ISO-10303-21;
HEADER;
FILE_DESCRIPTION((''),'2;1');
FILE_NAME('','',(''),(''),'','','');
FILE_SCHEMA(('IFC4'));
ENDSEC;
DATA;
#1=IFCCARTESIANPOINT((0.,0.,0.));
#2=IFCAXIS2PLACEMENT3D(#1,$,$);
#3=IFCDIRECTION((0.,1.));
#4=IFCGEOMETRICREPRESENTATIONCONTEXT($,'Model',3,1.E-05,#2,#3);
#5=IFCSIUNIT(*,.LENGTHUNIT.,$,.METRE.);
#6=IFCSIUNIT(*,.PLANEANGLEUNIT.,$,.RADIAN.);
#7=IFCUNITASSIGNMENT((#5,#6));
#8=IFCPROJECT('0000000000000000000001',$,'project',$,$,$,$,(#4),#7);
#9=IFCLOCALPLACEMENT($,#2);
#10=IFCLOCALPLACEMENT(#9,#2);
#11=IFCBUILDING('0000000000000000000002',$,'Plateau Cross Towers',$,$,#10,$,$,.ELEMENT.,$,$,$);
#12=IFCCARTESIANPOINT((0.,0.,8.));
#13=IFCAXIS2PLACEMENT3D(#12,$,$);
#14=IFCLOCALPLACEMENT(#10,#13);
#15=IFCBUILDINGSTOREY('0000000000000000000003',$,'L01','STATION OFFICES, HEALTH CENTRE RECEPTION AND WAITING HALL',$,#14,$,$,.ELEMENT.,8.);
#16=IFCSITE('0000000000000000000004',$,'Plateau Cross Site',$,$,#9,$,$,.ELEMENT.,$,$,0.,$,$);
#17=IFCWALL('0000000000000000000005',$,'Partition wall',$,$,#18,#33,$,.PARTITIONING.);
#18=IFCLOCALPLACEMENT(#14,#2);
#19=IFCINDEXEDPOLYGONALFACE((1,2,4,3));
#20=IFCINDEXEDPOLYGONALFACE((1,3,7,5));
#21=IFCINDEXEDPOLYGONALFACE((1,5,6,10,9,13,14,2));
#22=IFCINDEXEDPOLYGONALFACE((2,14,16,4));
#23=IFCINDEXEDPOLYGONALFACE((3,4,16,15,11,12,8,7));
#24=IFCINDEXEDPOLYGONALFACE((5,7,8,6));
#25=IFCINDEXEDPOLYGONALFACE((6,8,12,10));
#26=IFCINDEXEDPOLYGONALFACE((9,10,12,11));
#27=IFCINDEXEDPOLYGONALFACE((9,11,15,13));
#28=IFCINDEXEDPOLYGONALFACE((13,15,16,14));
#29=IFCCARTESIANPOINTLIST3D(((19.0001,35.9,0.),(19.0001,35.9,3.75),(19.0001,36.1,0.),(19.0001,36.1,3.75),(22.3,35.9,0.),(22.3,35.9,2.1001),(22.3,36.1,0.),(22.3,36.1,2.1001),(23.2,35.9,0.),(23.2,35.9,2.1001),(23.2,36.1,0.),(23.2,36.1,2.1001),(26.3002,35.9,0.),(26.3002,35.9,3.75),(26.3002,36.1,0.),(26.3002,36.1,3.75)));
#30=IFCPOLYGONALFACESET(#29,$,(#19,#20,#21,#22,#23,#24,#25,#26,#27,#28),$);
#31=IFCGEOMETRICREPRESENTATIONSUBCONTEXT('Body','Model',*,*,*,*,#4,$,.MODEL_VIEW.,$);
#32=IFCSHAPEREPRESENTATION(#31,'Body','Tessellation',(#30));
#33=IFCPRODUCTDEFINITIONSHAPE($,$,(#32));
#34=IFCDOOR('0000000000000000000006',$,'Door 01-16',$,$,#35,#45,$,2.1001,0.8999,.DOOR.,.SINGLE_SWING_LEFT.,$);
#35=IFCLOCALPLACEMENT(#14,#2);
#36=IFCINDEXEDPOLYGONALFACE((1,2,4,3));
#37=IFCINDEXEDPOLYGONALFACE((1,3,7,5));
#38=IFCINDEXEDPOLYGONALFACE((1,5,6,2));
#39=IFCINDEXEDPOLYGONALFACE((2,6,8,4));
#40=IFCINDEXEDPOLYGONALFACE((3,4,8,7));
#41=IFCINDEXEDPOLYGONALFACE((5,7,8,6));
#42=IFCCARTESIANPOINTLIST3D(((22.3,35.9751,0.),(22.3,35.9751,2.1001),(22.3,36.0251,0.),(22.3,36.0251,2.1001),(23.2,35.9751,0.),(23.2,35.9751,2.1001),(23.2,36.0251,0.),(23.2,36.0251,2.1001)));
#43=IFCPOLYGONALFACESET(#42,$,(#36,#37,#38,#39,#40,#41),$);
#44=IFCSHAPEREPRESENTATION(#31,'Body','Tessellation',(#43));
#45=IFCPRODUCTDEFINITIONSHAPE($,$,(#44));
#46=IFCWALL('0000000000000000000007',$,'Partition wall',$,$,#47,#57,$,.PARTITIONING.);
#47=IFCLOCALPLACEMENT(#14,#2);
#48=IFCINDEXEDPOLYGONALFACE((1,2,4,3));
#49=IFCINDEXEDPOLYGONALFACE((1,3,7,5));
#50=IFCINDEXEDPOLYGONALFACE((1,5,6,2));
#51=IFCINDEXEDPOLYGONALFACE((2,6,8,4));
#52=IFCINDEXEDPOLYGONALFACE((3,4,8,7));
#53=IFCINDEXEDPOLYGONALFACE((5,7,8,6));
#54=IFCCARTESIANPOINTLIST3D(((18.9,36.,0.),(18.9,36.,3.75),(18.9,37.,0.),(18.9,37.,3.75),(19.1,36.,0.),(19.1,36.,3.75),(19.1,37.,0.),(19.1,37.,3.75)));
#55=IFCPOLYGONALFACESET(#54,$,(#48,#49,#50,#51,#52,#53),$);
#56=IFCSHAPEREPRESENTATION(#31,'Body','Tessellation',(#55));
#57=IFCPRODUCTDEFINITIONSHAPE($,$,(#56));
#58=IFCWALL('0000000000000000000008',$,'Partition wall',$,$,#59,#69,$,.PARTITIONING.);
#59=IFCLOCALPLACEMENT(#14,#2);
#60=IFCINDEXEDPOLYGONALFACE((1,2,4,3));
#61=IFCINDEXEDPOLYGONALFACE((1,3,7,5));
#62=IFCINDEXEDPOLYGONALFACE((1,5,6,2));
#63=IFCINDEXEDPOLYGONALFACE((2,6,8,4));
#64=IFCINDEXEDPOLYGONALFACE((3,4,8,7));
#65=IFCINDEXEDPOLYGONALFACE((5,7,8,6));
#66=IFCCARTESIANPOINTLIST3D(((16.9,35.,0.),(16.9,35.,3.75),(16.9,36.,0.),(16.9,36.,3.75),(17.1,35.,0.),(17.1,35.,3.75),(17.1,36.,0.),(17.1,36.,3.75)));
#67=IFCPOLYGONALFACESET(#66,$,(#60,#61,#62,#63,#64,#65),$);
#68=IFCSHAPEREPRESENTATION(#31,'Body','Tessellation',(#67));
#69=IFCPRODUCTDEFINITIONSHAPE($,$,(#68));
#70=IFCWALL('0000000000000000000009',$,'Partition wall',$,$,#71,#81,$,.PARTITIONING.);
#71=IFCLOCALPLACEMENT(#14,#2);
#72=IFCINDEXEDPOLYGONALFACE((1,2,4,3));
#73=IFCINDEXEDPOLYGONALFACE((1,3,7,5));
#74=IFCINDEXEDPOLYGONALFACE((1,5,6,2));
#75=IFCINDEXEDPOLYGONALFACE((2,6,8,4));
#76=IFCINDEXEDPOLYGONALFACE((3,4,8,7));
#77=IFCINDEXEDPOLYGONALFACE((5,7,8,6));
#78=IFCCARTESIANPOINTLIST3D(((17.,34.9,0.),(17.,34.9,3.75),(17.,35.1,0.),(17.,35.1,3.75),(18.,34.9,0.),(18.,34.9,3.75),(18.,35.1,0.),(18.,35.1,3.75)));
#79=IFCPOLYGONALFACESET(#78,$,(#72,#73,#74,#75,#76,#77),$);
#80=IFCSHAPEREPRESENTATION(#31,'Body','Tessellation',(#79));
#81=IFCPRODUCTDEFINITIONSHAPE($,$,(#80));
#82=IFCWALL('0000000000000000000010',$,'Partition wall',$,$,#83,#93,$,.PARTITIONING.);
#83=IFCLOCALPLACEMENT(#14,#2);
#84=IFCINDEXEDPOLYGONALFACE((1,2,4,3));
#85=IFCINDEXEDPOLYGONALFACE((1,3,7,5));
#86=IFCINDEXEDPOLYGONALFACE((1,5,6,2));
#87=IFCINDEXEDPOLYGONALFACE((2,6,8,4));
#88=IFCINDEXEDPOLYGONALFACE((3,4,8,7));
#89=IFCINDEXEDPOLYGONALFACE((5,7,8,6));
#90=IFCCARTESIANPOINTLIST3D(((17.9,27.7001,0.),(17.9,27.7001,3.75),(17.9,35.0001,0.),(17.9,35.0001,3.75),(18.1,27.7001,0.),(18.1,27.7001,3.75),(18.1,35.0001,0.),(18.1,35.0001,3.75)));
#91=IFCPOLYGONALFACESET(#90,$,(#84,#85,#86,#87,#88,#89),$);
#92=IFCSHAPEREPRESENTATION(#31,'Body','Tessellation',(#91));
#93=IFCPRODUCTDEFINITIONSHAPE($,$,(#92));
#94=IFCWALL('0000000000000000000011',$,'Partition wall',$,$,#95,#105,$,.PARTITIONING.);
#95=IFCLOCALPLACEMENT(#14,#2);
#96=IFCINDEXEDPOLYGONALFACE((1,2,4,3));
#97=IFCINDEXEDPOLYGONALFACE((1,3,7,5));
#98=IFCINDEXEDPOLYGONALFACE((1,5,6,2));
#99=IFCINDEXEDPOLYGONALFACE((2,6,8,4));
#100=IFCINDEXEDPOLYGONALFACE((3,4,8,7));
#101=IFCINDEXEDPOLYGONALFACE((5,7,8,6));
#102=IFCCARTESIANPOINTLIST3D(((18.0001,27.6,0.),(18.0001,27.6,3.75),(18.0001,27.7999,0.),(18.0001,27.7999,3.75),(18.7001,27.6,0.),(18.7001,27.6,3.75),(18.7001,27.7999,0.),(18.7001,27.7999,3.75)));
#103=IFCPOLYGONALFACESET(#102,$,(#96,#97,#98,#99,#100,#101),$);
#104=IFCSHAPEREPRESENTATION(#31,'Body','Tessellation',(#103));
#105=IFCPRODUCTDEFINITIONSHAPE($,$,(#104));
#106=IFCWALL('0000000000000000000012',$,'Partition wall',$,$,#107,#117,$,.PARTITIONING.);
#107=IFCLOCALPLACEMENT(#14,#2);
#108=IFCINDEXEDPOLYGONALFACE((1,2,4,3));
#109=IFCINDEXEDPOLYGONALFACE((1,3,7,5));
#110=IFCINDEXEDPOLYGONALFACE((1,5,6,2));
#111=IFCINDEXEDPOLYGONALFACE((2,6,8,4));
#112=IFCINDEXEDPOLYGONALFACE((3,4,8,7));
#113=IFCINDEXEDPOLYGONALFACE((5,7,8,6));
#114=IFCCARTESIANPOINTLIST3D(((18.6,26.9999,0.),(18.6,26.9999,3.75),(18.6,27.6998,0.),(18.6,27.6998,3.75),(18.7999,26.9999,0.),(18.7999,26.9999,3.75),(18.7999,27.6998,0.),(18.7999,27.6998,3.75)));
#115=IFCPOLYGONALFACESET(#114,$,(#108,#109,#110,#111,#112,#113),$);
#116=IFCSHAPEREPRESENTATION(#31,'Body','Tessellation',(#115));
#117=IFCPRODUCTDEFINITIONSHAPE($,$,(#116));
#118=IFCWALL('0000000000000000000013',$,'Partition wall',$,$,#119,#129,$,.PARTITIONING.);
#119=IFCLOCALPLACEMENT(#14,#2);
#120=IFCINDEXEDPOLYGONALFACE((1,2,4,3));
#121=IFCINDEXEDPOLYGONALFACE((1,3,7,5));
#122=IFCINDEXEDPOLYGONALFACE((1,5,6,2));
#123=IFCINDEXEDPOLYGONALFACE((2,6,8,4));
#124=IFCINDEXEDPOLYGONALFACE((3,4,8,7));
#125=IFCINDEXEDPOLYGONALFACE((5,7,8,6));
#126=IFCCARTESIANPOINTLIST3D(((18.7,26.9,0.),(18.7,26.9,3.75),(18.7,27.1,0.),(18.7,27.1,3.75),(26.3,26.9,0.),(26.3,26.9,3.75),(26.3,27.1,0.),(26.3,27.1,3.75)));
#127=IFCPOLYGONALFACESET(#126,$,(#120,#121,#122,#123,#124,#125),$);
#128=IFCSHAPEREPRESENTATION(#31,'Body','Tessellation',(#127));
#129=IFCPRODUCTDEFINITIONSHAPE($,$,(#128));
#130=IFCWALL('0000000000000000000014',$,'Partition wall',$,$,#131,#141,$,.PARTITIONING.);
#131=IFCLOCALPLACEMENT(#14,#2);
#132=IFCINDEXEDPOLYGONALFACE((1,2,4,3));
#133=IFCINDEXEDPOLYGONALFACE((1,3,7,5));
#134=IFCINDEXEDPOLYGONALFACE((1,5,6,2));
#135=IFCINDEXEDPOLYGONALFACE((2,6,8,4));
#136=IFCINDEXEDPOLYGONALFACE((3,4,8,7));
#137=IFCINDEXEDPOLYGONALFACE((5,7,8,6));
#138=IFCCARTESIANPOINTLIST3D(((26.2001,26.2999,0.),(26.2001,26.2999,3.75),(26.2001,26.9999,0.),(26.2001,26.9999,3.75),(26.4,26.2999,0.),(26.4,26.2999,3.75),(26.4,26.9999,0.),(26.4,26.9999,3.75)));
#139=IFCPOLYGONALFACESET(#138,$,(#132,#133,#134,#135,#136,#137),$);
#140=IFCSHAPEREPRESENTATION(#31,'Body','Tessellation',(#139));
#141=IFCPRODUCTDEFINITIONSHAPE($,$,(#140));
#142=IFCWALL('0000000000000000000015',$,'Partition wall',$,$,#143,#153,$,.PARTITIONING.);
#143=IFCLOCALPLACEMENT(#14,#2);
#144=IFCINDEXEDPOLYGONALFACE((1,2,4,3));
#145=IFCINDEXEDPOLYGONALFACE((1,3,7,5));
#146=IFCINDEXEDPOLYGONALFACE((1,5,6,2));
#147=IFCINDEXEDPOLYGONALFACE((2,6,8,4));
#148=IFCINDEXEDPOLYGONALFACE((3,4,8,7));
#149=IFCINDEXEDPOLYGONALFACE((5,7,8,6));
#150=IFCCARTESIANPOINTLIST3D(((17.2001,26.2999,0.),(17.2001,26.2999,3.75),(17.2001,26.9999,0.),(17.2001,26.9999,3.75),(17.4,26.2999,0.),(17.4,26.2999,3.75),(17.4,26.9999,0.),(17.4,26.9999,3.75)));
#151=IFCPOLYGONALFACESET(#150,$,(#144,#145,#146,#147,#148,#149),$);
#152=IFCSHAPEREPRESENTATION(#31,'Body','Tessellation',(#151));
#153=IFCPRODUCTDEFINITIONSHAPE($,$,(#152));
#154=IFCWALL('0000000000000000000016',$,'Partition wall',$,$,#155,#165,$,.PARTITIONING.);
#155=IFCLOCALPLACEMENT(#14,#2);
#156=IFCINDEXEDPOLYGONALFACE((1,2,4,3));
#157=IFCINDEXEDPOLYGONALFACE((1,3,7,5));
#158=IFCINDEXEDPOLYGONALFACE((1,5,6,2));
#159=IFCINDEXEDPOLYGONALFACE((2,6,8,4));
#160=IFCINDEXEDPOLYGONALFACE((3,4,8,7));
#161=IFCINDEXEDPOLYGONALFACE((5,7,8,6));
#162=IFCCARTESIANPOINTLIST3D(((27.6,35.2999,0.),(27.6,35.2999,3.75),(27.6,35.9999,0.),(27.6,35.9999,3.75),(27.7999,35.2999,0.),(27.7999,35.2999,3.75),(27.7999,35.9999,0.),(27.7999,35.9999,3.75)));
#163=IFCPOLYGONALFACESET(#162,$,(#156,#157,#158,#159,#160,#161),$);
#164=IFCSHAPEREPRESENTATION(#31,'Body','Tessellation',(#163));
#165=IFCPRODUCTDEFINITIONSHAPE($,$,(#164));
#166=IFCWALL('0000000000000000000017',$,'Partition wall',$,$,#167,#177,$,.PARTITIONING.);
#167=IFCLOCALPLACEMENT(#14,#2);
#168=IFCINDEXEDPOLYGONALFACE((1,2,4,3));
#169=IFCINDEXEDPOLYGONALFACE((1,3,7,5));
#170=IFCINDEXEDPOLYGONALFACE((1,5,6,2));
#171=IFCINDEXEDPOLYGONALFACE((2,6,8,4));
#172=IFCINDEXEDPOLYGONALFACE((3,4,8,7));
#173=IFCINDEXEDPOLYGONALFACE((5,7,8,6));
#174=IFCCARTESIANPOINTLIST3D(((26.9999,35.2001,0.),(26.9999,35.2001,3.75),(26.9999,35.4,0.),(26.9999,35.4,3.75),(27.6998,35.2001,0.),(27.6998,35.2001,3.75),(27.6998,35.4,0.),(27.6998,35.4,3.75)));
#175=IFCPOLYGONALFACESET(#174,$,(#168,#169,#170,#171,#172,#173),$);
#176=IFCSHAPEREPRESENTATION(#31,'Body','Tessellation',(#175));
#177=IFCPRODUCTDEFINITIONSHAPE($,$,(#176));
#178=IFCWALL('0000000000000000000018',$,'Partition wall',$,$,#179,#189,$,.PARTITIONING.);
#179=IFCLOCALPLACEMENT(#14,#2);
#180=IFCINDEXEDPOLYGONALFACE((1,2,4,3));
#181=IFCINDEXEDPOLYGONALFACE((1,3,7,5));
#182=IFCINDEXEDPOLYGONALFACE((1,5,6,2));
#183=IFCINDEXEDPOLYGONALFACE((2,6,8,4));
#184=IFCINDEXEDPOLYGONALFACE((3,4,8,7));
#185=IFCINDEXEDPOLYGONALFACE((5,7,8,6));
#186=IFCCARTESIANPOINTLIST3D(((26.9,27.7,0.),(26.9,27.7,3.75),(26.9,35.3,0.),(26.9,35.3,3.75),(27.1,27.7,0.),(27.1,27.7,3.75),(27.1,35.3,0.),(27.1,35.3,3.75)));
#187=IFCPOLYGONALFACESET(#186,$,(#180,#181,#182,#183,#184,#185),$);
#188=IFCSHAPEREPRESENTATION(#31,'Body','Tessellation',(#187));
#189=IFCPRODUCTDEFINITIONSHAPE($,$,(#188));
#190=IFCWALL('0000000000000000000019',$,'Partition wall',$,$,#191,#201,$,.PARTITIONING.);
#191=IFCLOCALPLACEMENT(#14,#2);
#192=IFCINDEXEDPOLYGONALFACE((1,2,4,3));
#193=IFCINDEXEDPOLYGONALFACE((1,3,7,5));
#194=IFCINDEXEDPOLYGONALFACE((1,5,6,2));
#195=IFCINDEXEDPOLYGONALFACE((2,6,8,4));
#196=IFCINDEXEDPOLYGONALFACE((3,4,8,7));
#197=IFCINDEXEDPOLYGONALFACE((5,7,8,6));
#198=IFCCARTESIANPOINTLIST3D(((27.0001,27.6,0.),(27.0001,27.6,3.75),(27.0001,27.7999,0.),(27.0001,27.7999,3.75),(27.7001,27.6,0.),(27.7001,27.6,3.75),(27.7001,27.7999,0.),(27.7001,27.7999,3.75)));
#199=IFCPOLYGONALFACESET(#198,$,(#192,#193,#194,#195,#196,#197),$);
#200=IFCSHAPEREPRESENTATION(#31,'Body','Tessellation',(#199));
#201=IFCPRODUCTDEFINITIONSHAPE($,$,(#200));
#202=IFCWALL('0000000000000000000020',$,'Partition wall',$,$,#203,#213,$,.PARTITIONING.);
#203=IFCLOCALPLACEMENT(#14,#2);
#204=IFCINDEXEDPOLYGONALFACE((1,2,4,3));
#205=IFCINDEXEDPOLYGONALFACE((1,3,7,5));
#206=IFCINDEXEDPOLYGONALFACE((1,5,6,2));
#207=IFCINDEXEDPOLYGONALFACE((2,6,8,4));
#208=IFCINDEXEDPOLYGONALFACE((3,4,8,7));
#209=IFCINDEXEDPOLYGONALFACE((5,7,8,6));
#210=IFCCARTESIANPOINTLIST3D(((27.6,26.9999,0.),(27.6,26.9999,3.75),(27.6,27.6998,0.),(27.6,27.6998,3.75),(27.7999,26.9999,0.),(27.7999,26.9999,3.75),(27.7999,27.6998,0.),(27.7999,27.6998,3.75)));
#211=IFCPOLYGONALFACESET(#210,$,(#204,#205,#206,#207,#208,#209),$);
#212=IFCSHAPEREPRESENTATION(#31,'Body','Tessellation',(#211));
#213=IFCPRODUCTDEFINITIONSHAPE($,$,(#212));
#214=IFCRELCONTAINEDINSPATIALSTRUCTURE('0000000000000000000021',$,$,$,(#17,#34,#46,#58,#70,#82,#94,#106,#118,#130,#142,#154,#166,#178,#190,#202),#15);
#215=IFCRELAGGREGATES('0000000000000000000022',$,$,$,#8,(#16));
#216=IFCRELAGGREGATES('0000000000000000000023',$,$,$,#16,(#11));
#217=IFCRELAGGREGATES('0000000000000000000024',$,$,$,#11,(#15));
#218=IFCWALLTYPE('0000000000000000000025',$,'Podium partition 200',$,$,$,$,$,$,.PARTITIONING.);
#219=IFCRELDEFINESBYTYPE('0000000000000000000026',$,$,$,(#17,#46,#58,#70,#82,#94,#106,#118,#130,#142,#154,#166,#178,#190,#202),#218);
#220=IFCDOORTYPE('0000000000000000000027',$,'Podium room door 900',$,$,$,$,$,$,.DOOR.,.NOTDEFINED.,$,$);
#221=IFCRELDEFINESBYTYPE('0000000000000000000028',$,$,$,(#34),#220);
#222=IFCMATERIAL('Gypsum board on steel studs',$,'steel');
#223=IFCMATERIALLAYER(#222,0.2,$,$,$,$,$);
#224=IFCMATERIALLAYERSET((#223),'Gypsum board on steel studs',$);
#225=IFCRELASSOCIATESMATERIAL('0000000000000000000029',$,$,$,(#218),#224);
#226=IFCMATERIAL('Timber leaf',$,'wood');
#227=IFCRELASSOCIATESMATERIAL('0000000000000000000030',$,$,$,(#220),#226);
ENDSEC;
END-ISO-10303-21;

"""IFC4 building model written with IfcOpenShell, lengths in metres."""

from ifc_helpers import new_model, si_unit, direction, frame, frame_2d, origin, place, context, subcontext, project, spatial, rectangle, extrude, material, layer, layer_set, type_object, element, fill, save


model = new_model("IFC4")

# Units and contexts
model_context = context("Model", 3, precision=1e-05, world=origin(), true_north=direction((0.0, 1.0)))
body_context = subcontext(model_context, "Body", "Model", "MODEL_VIEW")
ifc_project = project(units=[si_unit("LENGTHUNIT", "METRE"), si_unit("PLANEANGLEUNIT", "RADIAN")], contexts=[model_context])

# Site, building, storey
site_placement = place(None, origin())
site = spatial("IfcSite", under=ifc_project, at=site_placement, Name="Plateau Cross Site", CompositionType="ELEMENT", RefElevation=0.0)
building_placement = place(site_placement, origin())
building = spatial("IfcBuilding", under=site, at=building_placement, Name="Plateau Cross Towers", CompositionType="ELEMENT")
storey_placement = place(building_placement, frame((0.0, 0.0, 8.0)))
storey = spatial("IfcBuildingStorey", under=building, at=storey_placement, Name="L01", Description="STATION OFFICES, HEALTH CENTRE RECEPTION AND WAITING HALL", CompositionType="ELEMENT", Elevation=8.0)

# Shared definitions
ifc_material_1 = material(Name="Gypsum board on steel studs", Category="steel")
ifc_layer_1 = layer(ifc_material_1, 0.2)
ifc_layer_set_1 = layer_set([ifc_layer_1], Name="Gypsum board on steel studs")
wall_type_1 = type_object("IfcWallType", Name="Podium partition 200", PredefinedType="PARTITIONING", material=ifc_layer_set_1)

# Wall, opening, door
wall_1_placement = place(storey_placement, frame((26.3, 36.0, 0.0), z_axis=(0.0, 0.0, 1.0), x_axis=(-1.0, 0.0, 0.0)))
wall_1 = element("IfcWall", 1, at=wall_1_placement, inside=storey, type_object=wall_type_1, Name="Partition wall", PredefinedType="PARTITIONING", context=body_context, shape_type="SweptSolid", body=[
    extrude(rectangle(XDim=7.3, YDim=0.2, at=frame_2d((3.6499, 0.0))), origin(), (0.0, 0.0, 1.0), 3.75),
])
opening_placement = place(wall_1_placement, frame((3.1001, 0.0, 0.0)))
opening = element("IfcOpeningElement", 2, at=opening_placement, cuts=wall_1, PredefinedType="OPENING", context=body_context, shape_type="SweptSolid", body=[
    extrude(rectangle(XDim=0.8999, YDim=2.1001, at=frame_2d((0.45, 1.05))), frame((0.0, 0.1099, 0.0), z_axis=(0.0, -1.0, 0.0), x_axis=(1.0, 0.0, 0.0)), (0.0, 0.0, 1.0), 0.22),
])
ifc_material_2 = material(Name="Timber leaf", Category="wood")
door_type = type_object("IfcDoorType", Name="Podium room door 900", OperationType="NOTDEFINED", PredefinedType="DOOR", material=ifc_material_2)
door_placement = place(opening_placement, origin())
door = element("IfcDoor", 3, at=door_placement, inside=storey, type_object=door_type, Name="Door 01-16", OperationType="SINGLE_SWING_LEFT", OverallHeight=2.1001, OverallWidth=0.8999, PredefinedType="DOOR", context=body_context, shape_type="SweptSolid", body=[
    extrude(rectangle(XDim=0.8999, YDim=2.1001, at=frame_2d((0.45, 1.05))), frame((0.0, 0.0249, 0.0), z_axis=(0.0, -1.0, 0.0), x_axis=(1.0, 0.0, 0.0)), (0.0, 0.0, 1.0), 0.05),
])
fill(opening, door)

# Walls
for number, where, z_axis, x_axis, name in (
    (4, (19.0, 36.0, 0.0), (0.0, 0.0, 1.0), (0.0, 1.0, 0.0), "Partition wall"),
    (5, (17.0, 36.0, 0.0), (0.0, 0.0, 1.0), (0.0, -1.0, 0.0), "Partition wall"),
    (6, (17.0, 35.0, 0.0), (0.0, 0.0, 1.0), (1.0, 0.0, 0.0), "Partition wall"),
):
    element("IfcWall", number, at=place(storey_placement, frame(where, z_axis=z_axis, x_axis=x_axis)), inside=storey, type_object=wall_type_1, Name=name, PredefinedType="PARTITIONING", context=body_context, shape_type="SweptSolid", body=[
        extrude(rectangle(XDim=1.0, YDim=0.2, at=frame_2d((0.5, 0.0))), origin(), (0.0, 0.0, 1.0), 3.75),
    ])
wall_2_placement = place(storey_placement, frame((18.0, 35.0, 0.0), z_axis=(0.0, 0.0, 1.0), x_axis=(0.0, -1.0, 0.0)))
element("IfcWall", 7, at=wall_2_placement, inside=storey, type_object=wall_type_1, Name="Partition wall", PredefinedType="PARTITIONING", context=body_context, shape_type="SweptSolid", body=[
    extrude(rectangle(XDim=7.3, YDim=0.2, at=frame_2d((3.6499, 0.0))), origin(), (0.0, 0.0, 1.0), 3.75),
])
for number, where, z_axis, x_axis, name in (
    (8, (18.0, 27.7, 0.0), (0.0, 0.0, 1.0), (1.0, 0.0, 0.0), "Partition wall"),
    (9, (18.7, 27.7, 0.0), (0.0, 0.0, 1.0), (0.0, -1.0, 0.0), "Partition wall"),
):
    element("IfcWall", number, at=place(storey_placement, frame(where, z_axis=z_axis, x_axis=x_axis)), inside=storey, type_object=wall_type_1, Name=name, PredefinedType="PARTITIONING", context=body_context, shape_type="SweptSolid", body=[
        extrude(rectangle(XDim=0.7, YDim=0.2, at=frame_2d((0.3501, 0.0))), origin(), (0.0, 0.0, 1.0), 3.75),
    ])
wall_3_placement = place(storey_placement, frame((18.7, 27.0, 0.0), z_axis=(0.0, 0.0, 1.0), x_axis=(1.0, 0.0, 0.0)))
element("IfcWall", 10, at=wall_3_placement, inside=storey, type_object=wall_type_1, Name="Partition wall", PredefinedType="PARTITIONING", context=body_context, shape_type="SweptSolid", body=[
    extrude(rectangle(XDim=7.6001, YDim=0.2, at=frame_2d((3.8, 0.0))), origin(), (0.0, 0.0, 1.0), 3.75),
])
for number, where, z_axis, x_axis, name in (
    (11, (26.3, 27.0, 0.0), (0.0, 0.0, 1.0), (0.0, -1.0, 0.0), "Partition wall"),
    (12, (17.3, 27.0, 0.0), (0.0, 0.0, 1.0), (0.0, -1.0, 0.0), "Partition wall"),
    (13, (27.7, 36.0, 0.0), (0.0, 0.0, 1.0), (0.0, -1.0, 0.0), "Partition wall"),
    (14, (27.7, 35.3, 0.0), (0.0, 0.0, 1.0), (-1.0, 0.0, 0.0), "Partition wall"),
):
    element("IfcWall", number, at=place(storey_placement, frame(where, z_axis=z_axis, x_axis=x_axis)), inside=storey, type_object=wall_type_1, Name=name, PredefinedType="PARTITIONING", context=body_context, shape_type="SweptSolid", body=[
        extrude(rectangle(XDim=0.7, YDim=0.2, at=frame_2d((0.3501, 0.0))), origin(), (0.0, 0.0, 1.0), 3.75),
    ])
wall_4_placement = place(storey_placement, frame((27.0, 35.3, 0.0), z_axis=(0.0, 0.0, 1.0), x_axis=(0.0, -1.0, 0.0)))
element("IfcWall", 15, at=wall_4_placement, inside=storey, type_object=wall_type_1, Name="Partition wall", PredefinedType="PARTITIONING", context=body_context, shape_type="SweptSolid", body=[
    extrude(rectangle(XDim=7.6001, YDim=0.2, at=frame_2d((3.8, 0.0))), origin(), (0.0, 0.0, 1.0), 3.75),
])
for number, where, z_axis, x_axis, name in (
    (16, (27.0, 27.7, 0.0), (0.0, 0.0, 1.0), (1.0, 0.0, 0.0), "Partition wall"),
    (17, (27.7, 27.7, 0.0), (0.0, 0.0, 1.0), (0.0, -1.0, 0.0), "Partition wall"),
):
    element("IfcWall", number, at=place(storey_placement, frame(where, z_axis=z_axis, x_axis=x_axis)), inside=storey, type_object=wall_type_1, Name=name, PredefinedType="PARTITIONING", context=body_context, shape_type="SweptSolid", body=[
        extrude(rectangle(XDim=0.7, YDim=0.2, at=frame_2d((0.3501, 0.0))), origin(), (0.0, 0.0, 1.0), 3.75),
    ])

save(model, "model.ifc")
